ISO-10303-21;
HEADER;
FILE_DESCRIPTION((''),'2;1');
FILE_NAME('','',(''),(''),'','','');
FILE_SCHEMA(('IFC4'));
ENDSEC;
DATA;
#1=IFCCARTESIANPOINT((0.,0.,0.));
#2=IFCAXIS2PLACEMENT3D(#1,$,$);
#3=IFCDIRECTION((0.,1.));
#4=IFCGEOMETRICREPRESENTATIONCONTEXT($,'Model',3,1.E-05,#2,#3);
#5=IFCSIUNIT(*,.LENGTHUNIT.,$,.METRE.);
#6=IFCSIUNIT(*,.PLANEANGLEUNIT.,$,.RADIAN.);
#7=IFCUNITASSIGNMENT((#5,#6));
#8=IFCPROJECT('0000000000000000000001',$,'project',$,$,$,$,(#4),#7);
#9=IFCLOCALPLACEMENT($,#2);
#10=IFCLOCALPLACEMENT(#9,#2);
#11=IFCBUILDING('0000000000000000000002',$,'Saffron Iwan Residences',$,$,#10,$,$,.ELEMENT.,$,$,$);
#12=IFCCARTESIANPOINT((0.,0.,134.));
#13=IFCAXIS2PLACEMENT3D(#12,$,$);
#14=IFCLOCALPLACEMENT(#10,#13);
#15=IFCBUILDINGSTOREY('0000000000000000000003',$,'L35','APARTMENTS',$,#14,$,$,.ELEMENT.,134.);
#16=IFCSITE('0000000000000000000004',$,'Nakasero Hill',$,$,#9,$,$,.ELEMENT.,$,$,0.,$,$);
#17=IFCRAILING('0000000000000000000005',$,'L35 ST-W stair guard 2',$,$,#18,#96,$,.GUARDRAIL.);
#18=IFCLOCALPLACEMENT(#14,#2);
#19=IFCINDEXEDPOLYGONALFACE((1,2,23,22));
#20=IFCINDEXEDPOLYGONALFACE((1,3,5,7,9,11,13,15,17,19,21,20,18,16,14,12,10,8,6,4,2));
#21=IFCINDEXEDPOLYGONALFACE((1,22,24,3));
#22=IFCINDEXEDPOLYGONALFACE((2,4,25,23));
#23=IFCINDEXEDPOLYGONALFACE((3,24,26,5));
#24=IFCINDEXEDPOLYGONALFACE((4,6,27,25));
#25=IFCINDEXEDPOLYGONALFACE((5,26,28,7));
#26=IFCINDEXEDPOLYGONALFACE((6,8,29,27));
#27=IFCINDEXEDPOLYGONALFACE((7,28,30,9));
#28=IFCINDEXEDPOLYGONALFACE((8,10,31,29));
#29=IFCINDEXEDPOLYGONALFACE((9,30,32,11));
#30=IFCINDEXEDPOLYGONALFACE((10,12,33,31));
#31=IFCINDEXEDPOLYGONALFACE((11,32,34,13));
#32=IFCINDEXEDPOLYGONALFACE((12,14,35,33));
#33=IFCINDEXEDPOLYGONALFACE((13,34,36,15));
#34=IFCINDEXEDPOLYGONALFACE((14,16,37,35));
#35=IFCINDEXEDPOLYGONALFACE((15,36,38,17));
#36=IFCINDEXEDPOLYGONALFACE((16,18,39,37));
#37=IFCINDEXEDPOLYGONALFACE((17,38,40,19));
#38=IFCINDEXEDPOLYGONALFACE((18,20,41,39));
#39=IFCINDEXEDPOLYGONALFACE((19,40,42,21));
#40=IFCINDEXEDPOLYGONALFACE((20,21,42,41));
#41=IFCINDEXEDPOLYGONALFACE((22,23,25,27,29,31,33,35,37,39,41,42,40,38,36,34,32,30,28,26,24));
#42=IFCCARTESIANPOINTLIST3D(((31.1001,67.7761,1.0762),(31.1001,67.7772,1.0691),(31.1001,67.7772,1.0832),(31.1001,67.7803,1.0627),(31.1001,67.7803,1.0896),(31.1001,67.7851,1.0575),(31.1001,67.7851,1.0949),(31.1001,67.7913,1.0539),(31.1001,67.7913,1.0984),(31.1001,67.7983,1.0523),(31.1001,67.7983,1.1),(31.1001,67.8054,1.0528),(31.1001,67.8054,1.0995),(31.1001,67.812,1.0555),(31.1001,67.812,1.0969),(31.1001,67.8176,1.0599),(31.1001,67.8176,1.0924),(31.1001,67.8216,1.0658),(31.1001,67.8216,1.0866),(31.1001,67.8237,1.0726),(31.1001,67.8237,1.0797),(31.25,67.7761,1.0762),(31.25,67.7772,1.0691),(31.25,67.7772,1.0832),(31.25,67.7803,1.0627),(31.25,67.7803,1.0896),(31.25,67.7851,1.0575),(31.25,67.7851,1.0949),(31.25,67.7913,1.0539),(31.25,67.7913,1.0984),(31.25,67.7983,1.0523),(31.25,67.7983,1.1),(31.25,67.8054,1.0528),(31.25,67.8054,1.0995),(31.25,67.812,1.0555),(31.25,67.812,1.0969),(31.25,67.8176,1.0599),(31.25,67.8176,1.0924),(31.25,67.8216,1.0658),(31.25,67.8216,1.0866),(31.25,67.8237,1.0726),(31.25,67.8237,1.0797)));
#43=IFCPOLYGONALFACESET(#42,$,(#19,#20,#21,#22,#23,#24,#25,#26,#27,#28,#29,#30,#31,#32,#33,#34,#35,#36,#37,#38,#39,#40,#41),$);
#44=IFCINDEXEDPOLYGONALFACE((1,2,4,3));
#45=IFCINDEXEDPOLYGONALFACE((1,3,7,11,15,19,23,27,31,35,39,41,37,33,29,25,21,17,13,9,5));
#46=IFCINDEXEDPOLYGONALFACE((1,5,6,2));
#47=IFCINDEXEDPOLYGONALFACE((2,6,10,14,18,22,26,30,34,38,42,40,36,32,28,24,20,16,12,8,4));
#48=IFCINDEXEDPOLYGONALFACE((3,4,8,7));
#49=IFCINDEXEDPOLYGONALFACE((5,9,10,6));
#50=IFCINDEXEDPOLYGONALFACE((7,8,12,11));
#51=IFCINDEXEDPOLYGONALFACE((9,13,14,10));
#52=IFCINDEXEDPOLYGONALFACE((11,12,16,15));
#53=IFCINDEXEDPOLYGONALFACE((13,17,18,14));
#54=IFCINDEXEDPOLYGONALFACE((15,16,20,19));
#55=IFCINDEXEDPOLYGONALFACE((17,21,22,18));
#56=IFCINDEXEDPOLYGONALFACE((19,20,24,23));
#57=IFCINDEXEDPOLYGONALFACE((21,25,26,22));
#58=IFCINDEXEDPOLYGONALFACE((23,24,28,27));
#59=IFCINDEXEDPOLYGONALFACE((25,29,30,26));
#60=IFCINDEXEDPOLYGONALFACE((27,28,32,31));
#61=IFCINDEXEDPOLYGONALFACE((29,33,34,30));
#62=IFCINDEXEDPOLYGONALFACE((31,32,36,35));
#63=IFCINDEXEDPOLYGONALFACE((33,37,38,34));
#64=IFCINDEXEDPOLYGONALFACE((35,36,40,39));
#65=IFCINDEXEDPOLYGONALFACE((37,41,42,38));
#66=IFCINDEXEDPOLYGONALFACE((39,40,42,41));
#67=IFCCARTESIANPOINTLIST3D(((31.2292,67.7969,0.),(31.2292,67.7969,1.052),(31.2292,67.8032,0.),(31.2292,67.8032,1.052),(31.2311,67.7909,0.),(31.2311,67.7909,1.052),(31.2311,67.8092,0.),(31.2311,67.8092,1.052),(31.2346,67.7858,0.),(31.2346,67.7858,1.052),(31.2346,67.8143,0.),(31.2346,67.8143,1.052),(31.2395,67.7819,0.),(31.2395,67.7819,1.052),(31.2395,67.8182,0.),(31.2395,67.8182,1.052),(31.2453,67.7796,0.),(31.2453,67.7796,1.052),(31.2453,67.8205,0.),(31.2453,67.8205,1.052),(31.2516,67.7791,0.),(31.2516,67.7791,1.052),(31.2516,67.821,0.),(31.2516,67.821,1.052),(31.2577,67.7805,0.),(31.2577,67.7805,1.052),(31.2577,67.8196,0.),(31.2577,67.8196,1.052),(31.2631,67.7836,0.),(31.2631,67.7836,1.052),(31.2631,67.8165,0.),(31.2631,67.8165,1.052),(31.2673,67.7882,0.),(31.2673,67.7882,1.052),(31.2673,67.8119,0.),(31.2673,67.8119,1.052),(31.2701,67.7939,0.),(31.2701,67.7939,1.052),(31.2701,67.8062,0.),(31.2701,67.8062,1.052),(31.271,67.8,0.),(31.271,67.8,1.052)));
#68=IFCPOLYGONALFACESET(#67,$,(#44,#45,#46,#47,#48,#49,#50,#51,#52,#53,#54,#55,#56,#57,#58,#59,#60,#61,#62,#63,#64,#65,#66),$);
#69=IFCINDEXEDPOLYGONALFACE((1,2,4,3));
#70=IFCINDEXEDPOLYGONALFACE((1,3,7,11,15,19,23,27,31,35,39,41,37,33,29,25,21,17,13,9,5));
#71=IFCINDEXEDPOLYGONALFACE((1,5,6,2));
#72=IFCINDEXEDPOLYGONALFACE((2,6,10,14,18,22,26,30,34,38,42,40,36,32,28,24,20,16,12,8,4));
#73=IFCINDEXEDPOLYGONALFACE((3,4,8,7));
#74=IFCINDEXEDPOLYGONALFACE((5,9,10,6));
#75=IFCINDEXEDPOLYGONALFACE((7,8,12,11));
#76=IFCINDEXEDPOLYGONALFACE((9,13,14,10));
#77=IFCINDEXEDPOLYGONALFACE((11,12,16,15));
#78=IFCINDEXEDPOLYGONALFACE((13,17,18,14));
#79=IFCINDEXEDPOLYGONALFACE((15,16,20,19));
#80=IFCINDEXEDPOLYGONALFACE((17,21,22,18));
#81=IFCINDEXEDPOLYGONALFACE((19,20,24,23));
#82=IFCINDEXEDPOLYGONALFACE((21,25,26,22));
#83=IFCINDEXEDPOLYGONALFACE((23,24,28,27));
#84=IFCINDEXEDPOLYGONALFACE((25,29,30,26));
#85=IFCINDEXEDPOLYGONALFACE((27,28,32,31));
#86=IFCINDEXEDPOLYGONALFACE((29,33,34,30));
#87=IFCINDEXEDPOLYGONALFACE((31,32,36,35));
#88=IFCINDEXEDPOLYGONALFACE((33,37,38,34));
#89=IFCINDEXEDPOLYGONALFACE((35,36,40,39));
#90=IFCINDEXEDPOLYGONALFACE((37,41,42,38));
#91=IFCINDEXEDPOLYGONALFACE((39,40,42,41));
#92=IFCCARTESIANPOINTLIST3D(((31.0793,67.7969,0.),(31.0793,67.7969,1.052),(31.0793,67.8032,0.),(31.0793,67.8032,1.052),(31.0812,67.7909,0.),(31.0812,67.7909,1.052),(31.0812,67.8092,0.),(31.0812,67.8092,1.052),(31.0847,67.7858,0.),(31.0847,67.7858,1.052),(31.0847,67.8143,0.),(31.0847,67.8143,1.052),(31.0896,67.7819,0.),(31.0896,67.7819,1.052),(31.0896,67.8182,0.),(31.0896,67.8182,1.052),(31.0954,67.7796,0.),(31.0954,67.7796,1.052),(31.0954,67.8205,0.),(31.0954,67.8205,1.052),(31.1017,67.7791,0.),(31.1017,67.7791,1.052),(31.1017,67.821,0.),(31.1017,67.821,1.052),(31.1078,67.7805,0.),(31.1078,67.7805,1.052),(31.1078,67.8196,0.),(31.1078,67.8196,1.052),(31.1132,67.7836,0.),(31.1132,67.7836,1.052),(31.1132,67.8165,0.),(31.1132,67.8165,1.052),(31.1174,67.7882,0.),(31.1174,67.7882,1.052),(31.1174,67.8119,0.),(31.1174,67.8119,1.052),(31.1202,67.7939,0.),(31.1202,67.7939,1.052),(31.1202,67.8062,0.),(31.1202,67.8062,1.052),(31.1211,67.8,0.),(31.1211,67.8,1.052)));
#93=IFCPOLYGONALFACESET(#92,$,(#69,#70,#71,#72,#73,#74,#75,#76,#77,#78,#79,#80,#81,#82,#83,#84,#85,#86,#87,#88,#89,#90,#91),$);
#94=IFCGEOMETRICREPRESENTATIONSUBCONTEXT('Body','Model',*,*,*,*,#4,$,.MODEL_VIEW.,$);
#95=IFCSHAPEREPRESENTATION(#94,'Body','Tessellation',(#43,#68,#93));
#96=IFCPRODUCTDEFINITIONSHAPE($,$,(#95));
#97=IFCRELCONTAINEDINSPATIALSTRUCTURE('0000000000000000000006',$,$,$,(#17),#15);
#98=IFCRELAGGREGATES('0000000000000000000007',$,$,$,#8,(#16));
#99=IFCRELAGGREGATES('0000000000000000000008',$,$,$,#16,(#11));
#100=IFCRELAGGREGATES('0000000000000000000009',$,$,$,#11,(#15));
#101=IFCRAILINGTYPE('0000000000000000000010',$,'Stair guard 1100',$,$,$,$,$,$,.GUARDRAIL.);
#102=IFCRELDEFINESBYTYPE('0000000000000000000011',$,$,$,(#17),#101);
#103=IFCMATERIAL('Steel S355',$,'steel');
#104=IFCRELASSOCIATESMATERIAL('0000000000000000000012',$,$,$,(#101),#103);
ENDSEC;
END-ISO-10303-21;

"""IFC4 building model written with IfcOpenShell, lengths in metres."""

from ifc_helpers import new_model, si_unit, direction, frame, origin, origin_2d, place, context, subcontext, project, spatial, circle, extrude, material, type_object, element, save


model = new_model("IFC4")

# Units and contexts
model_context = context("Model", 3, precision=1e-05, world=origin(), true_north=direction((0.0, 1.0)))
body_context = subcontext(model_context, "Body", "Model", "MODEL_VIEW")
ifc_project = project(units=[si_unit("LENGTHUNIT", "METRE"), si_unit("PLANEANGLEUNIT", "RADIAN")], contexts=[model_context])

# Site, building, storey
site_placement = place(None, origin())
site = spatial("IfcSite", under=ifc_project, at=site_placement, Name="Nakasero Hill", CompositionType="ELEMENT", RefElevation=0.0)
building_placement = place(site_placement, origin())
building = spatial("IfcBuilding", under=site, at=building_placement, Name="Saffron Iwan Residences", CompositionType="ELEMENT")
storey_placement = place(building_placement, frame((0.0, 0.0, 134.0)))
storey = spatial("IfcBuildingStorey", under=building, at=storey_placement, Name="L35", Description="APARTMENTS", CompositionType="ELEMENT", Elevation=134.0)

# Railing
ifc_material_1 = material(Name="Steel S355", Category="steel")
railing_type_1 = type_object("IfcRailingType", Name="Stair guard 1100", PredefinedType="GUARDRAIL", material=ifc_material_1)
railing_1_placement = place(storey_placement, frame((31.25, 67.8, 0.0)))
element("IfcRailing", 1, at=railing_1_placement, inside=storey, type_object=railing_type_1, Name="L35 ST-W stair guard 2", PredefinedType="GUARDRAIL", context=body_context, shape_type="SweptSolid", body=[
    extrude(circle(Radius=0.0239, at=origin_2d()), frame((0.0, 0.0, 1.0762), z_axis=(-1.0, 0.0, 0.0), x_axis=(0.0, -1.0, 0.0)), (0.0, 0.0, 1.0), 0.1499),
    extrude(circle(Radius=0.021, at=origin_2d()), origin(), (0.0, 0.0, 1.0), 1.052),
    extrude(circle(Radius=0.021, at=origin_2d()), frame((-0.1499, 0.0, 0.0)), (0.0, 0.0, 1.0), 1.052),
])

save(model, "model.ifc")
